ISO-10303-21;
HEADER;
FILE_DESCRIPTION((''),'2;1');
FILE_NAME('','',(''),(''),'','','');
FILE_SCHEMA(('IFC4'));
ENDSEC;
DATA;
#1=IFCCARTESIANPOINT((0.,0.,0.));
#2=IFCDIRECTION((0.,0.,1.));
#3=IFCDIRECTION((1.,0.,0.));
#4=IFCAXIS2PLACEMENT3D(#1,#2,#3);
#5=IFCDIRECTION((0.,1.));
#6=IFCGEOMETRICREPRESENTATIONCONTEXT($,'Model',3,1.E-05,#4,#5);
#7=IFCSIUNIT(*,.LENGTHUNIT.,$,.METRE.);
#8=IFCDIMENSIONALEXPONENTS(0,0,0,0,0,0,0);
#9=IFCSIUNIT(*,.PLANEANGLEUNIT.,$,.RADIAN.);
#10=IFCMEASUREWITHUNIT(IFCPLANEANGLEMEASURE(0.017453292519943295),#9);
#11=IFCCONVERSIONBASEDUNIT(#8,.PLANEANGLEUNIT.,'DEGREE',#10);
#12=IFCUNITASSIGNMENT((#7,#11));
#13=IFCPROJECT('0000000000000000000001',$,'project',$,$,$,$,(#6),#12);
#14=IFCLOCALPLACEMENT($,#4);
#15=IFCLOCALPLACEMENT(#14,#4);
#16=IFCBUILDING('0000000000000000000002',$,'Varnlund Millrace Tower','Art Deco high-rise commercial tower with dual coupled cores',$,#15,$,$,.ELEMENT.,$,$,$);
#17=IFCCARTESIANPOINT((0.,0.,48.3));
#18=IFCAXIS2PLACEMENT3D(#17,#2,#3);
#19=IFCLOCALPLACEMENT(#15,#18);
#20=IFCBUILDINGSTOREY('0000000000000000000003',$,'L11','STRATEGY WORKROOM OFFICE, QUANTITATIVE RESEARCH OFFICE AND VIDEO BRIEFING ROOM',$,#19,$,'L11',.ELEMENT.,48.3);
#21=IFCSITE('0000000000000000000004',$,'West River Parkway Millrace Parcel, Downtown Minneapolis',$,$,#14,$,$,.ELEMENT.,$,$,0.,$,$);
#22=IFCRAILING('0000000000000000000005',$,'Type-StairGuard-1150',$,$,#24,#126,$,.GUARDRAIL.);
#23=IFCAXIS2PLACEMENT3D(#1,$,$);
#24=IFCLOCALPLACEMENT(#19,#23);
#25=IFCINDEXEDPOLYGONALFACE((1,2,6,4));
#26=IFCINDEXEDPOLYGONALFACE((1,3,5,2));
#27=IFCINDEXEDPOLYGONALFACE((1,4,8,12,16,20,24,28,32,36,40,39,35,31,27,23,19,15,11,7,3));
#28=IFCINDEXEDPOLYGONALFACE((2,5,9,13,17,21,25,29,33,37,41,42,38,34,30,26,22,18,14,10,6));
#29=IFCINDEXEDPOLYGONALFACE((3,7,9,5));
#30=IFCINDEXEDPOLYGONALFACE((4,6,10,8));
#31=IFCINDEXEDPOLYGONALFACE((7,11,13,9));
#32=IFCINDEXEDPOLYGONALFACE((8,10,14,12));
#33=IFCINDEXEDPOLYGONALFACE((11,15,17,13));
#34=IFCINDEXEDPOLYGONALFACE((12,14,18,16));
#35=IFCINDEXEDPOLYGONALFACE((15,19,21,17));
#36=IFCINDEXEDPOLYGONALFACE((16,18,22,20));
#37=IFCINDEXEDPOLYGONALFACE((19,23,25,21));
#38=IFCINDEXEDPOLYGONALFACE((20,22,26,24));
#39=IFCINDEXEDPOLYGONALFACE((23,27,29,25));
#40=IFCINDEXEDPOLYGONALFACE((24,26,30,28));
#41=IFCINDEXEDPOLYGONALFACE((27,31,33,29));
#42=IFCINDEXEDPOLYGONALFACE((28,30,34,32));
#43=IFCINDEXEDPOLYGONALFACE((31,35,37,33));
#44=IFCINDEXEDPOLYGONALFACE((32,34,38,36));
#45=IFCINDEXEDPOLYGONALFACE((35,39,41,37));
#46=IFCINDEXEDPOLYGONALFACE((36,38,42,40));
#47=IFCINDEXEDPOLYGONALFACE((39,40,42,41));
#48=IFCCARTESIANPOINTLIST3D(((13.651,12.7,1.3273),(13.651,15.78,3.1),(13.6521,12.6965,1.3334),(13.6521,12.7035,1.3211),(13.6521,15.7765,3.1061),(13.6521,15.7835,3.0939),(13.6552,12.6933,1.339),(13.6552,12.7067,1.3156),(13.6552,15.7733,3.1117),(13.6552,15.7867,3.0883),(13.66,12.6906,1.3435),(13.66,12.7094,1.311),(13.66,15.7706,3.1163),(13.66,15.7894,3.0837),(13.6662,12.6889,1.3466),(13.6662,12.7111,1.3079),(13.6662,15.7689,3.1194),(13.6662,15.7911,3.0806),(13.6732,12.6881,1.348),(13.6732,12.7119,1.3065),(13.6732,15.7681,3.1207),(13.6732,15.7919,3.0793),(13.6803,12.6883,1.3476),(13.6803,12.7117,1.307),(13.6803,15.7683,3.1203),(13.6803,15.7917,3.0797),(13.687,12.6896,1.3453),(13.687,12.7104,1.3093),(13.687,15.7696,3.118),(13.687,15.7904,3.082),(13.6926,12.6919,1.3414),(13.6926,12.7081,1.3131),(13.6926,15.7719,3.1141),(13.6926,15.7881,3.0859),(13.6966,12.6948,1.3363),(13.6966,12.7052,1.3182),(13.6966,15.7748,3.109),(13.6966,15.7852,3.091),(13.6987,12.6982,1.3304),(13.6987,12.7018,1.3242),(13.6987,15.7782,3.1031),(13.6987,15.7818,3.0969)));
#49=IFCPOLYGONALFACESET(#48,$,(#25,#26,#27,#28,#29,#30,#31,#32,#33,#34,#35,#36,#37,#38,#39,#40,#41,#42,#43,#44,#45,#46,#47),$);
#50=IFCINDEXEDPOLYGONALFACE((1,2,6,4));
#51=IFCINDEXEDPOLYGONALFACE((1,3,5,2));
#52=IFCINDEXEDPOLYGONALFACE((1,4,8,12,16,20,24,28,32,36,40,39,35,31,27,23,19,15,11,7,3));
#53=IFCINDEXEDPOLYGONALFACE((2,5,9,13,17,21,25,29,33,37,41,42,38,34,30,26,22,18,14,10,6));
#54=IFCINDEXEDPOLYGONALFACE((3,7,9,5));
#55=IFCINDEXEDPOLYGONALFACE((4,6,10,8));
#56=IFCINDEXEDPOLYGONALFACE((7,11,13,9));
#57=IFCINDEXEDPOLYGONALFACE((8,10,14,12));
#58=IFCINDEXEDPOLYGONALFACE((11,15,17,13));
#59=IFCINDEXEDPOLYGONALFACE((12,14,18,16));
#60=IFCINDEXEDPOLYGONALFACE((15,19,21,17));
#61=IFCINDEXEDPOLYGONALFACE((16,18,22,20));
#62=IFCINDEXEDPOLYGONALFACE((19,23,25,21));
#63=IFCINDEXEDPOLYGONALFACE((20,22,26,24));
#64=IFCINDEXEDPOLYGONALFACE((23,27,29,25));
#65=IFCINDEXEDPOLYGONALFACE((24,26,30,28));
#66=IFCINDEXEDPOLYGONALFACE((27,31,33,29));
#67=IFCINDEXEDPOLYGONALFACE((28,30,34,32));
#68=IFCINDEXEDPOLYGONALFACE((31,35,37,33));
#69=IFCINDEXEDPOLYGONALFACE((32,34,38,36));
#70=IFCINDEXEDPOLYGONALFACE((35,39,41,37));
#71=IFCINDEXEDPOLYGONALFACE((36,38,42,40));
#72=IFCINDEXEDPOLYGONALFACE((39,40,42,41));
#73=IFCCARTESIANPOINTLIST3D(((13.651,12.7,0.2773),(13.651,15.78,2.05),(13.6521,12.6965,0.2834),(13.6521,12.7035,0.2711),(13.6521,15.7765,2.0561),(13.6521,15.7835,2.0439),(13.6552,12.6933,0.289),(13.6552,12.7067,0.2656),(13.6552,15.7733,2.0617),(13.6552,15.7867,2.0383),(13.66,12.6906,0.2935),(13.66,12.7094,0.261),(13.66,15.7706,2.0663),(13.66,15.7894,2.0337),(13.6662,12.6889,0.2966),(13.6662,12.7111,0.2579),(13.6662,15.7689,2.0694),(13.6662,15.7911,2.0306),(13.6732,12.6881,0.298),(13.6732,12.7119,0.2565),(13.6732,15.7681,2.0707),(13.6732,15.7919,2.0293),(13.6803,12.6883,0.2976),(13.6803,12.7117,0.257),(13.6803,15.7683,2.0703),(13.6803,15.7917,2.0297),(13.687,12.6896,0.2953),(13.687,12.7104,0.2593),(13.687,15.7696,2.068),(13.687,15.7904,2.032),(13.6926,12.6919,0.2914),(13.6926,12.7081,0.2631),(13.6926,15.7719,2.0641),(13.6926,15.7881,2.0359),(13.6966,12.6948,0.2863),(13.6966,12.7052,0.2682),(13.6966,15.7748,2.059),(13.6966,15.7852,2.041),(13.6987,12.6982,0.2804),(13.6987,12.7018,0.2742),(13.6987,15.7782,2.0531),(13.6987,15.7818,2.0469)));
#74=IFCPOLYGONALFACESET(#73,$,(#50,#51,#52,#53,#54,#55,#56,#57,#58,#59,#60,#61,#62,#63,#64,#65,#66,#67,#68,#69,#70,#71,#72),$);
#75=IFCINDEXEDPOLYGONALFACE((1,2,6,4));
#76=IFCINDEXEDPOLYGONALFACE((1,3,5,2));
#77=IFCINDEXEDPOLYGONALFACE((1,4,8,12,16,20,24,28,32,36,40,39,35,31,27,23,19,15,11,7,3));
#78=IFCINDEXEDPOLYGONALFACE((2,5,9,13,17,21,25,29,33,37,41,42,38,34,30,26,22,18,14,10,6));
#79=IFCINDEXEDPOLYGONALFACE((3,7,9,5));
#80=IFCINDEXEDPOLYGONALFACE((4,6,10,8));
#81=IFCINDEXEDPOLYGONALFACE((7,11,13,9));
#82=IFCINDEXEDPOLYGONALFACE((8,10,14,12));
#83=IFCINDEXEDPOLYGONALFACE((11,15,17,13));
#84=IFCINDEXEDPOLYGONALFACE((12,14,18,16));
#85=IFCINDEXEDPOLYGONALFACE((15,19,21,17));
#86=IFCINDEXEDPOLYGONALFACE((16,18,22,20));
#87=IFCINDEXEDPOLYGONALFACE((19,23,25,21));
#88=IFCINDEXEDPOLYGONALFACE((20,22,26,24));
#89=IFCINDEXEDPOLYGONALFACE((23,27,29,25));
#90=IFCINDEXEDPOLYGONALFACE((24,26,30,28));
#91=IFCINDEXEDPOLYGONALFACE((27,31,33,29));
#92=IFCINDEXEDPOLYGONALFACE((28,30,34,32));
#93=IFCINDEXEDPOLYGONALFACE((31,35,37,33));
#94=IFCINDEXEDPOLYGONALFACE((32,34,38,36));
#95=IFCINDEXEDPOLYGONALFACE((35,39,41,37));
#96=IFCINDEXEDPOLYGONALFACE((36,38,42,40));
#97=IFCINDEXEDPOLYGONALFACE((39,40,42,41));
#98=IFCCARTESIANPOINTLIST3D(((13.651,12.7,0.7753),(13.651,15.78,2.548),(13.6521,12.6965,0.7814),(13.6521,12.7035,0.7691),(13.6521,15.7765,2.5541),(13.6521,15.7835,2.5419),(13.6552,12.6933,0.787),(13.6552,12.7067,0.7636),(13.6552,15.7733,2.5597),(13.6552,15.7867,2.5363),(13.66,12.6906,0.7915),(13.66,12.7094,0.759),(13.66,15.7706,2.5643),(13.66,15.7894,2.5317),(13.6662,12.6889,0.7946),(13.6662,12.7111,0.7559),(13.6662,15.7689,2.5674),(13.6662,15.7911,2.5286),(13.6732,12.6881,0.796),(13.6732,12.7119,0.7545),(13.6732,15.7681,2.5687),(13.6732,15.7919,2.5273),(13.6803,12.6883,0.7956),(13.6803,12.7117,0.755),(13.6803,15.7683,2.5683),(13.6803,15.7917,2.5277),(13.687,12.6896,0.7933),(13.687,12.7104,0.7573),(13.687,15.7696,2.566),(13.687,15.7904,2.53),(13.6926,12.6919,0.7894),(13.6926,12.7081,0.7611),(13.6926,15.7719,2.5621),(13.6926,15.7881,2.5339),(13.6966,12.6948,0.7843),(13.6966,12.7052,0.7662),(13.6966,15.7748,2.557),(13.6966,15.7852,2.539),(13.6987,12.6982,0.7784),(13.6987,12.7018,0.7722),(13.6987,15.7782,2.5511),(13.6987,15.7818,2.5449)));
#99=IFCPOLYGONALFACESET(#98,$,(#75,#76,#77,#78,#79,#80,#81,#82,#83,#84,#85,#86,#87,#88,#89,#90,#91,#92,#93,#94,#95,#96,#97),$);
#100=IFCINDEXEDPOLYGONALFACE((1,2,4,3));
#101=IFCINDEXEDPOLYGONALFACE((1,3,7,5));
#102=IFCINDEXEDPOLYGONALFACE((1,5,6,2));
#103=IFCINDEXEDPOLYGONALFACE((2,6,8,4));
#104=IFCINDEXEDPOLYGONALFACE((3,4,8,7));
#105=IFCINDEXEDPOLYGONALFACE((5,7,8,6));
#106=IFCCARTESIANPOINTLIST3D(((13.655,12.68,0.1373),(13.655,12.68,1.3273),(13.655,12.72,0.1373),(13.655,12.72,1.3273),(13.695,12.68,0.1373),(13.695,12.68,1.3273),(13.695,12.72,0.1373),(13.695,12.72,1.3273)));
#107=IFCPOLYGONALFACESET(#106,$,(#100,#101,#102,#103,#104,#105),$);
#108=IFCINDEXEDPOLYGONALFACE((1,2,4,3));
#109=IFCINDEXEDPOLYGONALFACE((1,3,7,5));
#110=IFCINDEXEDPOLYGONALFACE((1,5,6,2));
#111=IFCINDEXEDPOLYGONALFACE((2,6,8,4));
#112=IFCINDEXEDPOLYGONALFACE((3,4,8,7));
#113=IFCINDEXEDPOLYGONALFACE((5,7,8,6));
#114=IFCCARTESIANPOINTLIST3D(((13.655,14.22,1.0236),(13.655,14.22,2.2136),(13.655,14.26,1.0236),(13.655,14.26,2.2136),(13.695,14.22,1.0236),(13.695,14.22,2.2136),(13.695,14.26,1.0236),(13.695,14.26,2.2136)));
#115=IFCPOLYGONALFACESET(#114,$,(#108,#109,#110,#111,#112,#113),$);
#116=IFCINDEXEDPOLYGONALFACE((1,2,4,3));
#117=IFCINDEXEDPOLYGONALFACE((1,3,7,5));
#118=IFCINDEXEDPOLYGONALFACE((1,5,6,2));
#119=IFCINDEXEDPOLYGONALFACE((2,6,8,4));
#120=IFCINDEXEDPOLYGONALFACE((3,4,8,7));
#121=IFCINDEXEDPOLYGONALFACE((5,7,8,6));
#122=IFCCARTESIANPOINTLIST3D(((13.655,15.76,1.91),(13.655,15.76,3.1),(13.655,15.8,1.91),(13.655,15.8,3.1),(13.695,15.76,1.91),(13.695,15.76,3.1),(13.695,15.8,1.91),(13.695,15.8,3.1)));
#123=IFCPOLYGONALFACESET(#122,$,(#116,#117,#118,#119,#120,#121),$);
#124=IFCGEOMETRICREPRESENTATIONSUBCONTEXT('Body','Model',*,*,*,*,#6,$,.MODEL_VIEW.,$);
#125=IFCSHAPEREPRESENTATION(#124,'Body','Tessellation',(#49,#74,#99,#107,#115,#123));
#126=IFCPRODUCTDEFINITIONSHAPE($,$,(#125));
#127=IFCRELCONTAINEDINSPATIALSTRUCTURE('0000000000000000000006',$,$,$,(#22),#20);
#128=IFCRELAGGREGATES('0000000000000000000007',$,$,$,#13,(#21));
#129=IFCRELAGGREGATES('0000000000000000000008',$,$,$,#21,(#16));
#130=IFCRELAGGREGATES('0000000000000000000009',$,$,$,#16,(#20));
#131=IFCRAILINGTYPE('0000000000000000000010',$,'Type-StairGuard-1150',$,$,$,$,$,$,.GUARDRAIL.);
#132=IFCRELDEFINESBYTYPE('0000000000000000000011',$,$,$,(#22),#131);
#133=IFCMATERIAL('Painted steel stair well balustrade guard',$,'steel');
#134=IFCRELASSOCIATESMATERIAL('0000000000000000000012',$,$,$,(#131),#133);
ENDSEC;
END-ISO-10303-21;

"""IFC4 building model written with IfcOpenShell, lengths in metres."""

from ifc_helpers import new_model, entity, si_unit, converted_unit, direction, frame, origin_with_axes, origin_2d_with_axis, place, context, subcontext, project, spatial, rectangle, circle, extrude, material, type_object, element, save


model = new_model("IFC4")

# Units and contexts
model_context = context("Model", 3, precision=1e-05, world=origin_with_axes(), true_north=direction((0.0, 1.0)))
body_context = subcontext(model_context, "Body", "Model", "MODEL_VIEW")
ifc_project = project(units=[si_unit("LENGTHUNIT", "METRE"), converted_unit("PLANEANGLEUNIT", "DEGREE", entity("IfcPlaneAngleMeasure", 0.017453292519943295), si_unit("PLANEANGLEUNIT", "RADIAN"), dimensions=[0, 0, 0, 0, 0, 0, 0])], contexts=[model_context])

# Site, building, storey
site_placement = place(None, origin_with_axes())
site = spatial("IfcSite", under=ifc_project, at=site_placement, Name="West River Parkway Millrace Parcel, Downtown Minneapolis", CompositionType="ELEMENT", RefElevation=0.0)
building_placement = place(site_placement, origin_with_axes())
building = spatial("IfcBuilding", under=site, at=building_placement, Name="Varnlund Millrace Tower", Description="Art Deco high-rise commercial tower with dual coupled cores", CompositionType="ELEMENT")
storey_placement = place(building_placement, frame((0.0, 0.0, 48.3), z_axis=(0.0, 0.0, 1.0), x_axis=(1.0, 0.0, 0.0)))
storey = spatial("IfcBuildingStorey", under=building, at=storey_placement, Name="L11", Description="STRATEGY WORKROOM OFFICE, QUANTITATIVE RESEARCH OFFICE AND VIDEO BRIEFING ROOM", LongName="L11", CompositionType="ELEMENT", Elevation=48.3)

# Railing
ifc_material_1 = material(Name="Painted steel stair well balustrade guard", Category="steel")
railing_type_1 = type_object("IfcRailingType", Name="Type-StairGuard-1150", PredefinedType="GUARDRAIL", material=ifc_material_1)
railing_1_placement = place(storey_placement, frame((0.0, 0.0, -48.3), z_axis=(0.0, 0.0, 1.0), x_axis=(1.0, 0.0, 0.0)))
element("IfcRailing", 1, at=railing_1_placement, inside=storey, type_object=railing_type_1, Name="Type-StairGuard-1150", PredefinedType="GUARDRAIL", context=body_context, shape_type="SweptSolid", body=[
    extrude(circle(Radius=0.024, at=origin_2d_with_axis()), frame((13.675, 12.7, 49.6273), z_axis=(0.0, 0.866696, 0.498836), x_axis=(-1.0, 0.0, 0.0)), (0.0, 0.0, 1.0), 3.5537),
    extrude(circle(Radius=0.024, at=origin_2d_with_axis()), frame((13.675, 12.7, 48.5773), z_axis=(0.0, 0.866696, 0.498836), x_axis=(-1.0, 0.0, 0.0)), (0.0, 0.0, 1.0), 3.5537),
    extrude(circle(Radius=0.024, at=origin_2d_with_axis()), frame((13.675, 12.7, 49.0753), z_axis=(0.0, 0.866696, 0.498836), x_axis=(-1.0, 0.0, 0.0)), (0.0, 0.0, 1.0), 3.5537),
    extrude(rectangle(XDim=0.04, YDim=0.04, at=origin_2d_with_axis()), frame((13.675, 12.7, 48.4373), z_axis=(0.0, 0.0, 1.0), x_axis=(1.0, 0.0, 0.0)), (0.0, 0.0, 1.0), 1.19),
    extrude(rectangle(XDim=0.04, YDim=0.04, at=origin_2d_with_axis()), frame((13.675, 14.24, 49.3236), z_axis=(0.0, 0.0, 1.0), x_axis=(1.0, 0.0, 0.0)), (0.0, 0.0, 1.0), 1.19),
    extrude(rectangle(XDim=0.04, YDim=0.04, at=origin_2d_with_axis()), frame((13.675, 15.78, 50.21), z_axis=(0.0, 0.0, 1.0), x_axis=(1.0, 0.0, 0.0)), (0.0, 0.0, 1.0), 1.19),
])

save(model, "model.ifc")
